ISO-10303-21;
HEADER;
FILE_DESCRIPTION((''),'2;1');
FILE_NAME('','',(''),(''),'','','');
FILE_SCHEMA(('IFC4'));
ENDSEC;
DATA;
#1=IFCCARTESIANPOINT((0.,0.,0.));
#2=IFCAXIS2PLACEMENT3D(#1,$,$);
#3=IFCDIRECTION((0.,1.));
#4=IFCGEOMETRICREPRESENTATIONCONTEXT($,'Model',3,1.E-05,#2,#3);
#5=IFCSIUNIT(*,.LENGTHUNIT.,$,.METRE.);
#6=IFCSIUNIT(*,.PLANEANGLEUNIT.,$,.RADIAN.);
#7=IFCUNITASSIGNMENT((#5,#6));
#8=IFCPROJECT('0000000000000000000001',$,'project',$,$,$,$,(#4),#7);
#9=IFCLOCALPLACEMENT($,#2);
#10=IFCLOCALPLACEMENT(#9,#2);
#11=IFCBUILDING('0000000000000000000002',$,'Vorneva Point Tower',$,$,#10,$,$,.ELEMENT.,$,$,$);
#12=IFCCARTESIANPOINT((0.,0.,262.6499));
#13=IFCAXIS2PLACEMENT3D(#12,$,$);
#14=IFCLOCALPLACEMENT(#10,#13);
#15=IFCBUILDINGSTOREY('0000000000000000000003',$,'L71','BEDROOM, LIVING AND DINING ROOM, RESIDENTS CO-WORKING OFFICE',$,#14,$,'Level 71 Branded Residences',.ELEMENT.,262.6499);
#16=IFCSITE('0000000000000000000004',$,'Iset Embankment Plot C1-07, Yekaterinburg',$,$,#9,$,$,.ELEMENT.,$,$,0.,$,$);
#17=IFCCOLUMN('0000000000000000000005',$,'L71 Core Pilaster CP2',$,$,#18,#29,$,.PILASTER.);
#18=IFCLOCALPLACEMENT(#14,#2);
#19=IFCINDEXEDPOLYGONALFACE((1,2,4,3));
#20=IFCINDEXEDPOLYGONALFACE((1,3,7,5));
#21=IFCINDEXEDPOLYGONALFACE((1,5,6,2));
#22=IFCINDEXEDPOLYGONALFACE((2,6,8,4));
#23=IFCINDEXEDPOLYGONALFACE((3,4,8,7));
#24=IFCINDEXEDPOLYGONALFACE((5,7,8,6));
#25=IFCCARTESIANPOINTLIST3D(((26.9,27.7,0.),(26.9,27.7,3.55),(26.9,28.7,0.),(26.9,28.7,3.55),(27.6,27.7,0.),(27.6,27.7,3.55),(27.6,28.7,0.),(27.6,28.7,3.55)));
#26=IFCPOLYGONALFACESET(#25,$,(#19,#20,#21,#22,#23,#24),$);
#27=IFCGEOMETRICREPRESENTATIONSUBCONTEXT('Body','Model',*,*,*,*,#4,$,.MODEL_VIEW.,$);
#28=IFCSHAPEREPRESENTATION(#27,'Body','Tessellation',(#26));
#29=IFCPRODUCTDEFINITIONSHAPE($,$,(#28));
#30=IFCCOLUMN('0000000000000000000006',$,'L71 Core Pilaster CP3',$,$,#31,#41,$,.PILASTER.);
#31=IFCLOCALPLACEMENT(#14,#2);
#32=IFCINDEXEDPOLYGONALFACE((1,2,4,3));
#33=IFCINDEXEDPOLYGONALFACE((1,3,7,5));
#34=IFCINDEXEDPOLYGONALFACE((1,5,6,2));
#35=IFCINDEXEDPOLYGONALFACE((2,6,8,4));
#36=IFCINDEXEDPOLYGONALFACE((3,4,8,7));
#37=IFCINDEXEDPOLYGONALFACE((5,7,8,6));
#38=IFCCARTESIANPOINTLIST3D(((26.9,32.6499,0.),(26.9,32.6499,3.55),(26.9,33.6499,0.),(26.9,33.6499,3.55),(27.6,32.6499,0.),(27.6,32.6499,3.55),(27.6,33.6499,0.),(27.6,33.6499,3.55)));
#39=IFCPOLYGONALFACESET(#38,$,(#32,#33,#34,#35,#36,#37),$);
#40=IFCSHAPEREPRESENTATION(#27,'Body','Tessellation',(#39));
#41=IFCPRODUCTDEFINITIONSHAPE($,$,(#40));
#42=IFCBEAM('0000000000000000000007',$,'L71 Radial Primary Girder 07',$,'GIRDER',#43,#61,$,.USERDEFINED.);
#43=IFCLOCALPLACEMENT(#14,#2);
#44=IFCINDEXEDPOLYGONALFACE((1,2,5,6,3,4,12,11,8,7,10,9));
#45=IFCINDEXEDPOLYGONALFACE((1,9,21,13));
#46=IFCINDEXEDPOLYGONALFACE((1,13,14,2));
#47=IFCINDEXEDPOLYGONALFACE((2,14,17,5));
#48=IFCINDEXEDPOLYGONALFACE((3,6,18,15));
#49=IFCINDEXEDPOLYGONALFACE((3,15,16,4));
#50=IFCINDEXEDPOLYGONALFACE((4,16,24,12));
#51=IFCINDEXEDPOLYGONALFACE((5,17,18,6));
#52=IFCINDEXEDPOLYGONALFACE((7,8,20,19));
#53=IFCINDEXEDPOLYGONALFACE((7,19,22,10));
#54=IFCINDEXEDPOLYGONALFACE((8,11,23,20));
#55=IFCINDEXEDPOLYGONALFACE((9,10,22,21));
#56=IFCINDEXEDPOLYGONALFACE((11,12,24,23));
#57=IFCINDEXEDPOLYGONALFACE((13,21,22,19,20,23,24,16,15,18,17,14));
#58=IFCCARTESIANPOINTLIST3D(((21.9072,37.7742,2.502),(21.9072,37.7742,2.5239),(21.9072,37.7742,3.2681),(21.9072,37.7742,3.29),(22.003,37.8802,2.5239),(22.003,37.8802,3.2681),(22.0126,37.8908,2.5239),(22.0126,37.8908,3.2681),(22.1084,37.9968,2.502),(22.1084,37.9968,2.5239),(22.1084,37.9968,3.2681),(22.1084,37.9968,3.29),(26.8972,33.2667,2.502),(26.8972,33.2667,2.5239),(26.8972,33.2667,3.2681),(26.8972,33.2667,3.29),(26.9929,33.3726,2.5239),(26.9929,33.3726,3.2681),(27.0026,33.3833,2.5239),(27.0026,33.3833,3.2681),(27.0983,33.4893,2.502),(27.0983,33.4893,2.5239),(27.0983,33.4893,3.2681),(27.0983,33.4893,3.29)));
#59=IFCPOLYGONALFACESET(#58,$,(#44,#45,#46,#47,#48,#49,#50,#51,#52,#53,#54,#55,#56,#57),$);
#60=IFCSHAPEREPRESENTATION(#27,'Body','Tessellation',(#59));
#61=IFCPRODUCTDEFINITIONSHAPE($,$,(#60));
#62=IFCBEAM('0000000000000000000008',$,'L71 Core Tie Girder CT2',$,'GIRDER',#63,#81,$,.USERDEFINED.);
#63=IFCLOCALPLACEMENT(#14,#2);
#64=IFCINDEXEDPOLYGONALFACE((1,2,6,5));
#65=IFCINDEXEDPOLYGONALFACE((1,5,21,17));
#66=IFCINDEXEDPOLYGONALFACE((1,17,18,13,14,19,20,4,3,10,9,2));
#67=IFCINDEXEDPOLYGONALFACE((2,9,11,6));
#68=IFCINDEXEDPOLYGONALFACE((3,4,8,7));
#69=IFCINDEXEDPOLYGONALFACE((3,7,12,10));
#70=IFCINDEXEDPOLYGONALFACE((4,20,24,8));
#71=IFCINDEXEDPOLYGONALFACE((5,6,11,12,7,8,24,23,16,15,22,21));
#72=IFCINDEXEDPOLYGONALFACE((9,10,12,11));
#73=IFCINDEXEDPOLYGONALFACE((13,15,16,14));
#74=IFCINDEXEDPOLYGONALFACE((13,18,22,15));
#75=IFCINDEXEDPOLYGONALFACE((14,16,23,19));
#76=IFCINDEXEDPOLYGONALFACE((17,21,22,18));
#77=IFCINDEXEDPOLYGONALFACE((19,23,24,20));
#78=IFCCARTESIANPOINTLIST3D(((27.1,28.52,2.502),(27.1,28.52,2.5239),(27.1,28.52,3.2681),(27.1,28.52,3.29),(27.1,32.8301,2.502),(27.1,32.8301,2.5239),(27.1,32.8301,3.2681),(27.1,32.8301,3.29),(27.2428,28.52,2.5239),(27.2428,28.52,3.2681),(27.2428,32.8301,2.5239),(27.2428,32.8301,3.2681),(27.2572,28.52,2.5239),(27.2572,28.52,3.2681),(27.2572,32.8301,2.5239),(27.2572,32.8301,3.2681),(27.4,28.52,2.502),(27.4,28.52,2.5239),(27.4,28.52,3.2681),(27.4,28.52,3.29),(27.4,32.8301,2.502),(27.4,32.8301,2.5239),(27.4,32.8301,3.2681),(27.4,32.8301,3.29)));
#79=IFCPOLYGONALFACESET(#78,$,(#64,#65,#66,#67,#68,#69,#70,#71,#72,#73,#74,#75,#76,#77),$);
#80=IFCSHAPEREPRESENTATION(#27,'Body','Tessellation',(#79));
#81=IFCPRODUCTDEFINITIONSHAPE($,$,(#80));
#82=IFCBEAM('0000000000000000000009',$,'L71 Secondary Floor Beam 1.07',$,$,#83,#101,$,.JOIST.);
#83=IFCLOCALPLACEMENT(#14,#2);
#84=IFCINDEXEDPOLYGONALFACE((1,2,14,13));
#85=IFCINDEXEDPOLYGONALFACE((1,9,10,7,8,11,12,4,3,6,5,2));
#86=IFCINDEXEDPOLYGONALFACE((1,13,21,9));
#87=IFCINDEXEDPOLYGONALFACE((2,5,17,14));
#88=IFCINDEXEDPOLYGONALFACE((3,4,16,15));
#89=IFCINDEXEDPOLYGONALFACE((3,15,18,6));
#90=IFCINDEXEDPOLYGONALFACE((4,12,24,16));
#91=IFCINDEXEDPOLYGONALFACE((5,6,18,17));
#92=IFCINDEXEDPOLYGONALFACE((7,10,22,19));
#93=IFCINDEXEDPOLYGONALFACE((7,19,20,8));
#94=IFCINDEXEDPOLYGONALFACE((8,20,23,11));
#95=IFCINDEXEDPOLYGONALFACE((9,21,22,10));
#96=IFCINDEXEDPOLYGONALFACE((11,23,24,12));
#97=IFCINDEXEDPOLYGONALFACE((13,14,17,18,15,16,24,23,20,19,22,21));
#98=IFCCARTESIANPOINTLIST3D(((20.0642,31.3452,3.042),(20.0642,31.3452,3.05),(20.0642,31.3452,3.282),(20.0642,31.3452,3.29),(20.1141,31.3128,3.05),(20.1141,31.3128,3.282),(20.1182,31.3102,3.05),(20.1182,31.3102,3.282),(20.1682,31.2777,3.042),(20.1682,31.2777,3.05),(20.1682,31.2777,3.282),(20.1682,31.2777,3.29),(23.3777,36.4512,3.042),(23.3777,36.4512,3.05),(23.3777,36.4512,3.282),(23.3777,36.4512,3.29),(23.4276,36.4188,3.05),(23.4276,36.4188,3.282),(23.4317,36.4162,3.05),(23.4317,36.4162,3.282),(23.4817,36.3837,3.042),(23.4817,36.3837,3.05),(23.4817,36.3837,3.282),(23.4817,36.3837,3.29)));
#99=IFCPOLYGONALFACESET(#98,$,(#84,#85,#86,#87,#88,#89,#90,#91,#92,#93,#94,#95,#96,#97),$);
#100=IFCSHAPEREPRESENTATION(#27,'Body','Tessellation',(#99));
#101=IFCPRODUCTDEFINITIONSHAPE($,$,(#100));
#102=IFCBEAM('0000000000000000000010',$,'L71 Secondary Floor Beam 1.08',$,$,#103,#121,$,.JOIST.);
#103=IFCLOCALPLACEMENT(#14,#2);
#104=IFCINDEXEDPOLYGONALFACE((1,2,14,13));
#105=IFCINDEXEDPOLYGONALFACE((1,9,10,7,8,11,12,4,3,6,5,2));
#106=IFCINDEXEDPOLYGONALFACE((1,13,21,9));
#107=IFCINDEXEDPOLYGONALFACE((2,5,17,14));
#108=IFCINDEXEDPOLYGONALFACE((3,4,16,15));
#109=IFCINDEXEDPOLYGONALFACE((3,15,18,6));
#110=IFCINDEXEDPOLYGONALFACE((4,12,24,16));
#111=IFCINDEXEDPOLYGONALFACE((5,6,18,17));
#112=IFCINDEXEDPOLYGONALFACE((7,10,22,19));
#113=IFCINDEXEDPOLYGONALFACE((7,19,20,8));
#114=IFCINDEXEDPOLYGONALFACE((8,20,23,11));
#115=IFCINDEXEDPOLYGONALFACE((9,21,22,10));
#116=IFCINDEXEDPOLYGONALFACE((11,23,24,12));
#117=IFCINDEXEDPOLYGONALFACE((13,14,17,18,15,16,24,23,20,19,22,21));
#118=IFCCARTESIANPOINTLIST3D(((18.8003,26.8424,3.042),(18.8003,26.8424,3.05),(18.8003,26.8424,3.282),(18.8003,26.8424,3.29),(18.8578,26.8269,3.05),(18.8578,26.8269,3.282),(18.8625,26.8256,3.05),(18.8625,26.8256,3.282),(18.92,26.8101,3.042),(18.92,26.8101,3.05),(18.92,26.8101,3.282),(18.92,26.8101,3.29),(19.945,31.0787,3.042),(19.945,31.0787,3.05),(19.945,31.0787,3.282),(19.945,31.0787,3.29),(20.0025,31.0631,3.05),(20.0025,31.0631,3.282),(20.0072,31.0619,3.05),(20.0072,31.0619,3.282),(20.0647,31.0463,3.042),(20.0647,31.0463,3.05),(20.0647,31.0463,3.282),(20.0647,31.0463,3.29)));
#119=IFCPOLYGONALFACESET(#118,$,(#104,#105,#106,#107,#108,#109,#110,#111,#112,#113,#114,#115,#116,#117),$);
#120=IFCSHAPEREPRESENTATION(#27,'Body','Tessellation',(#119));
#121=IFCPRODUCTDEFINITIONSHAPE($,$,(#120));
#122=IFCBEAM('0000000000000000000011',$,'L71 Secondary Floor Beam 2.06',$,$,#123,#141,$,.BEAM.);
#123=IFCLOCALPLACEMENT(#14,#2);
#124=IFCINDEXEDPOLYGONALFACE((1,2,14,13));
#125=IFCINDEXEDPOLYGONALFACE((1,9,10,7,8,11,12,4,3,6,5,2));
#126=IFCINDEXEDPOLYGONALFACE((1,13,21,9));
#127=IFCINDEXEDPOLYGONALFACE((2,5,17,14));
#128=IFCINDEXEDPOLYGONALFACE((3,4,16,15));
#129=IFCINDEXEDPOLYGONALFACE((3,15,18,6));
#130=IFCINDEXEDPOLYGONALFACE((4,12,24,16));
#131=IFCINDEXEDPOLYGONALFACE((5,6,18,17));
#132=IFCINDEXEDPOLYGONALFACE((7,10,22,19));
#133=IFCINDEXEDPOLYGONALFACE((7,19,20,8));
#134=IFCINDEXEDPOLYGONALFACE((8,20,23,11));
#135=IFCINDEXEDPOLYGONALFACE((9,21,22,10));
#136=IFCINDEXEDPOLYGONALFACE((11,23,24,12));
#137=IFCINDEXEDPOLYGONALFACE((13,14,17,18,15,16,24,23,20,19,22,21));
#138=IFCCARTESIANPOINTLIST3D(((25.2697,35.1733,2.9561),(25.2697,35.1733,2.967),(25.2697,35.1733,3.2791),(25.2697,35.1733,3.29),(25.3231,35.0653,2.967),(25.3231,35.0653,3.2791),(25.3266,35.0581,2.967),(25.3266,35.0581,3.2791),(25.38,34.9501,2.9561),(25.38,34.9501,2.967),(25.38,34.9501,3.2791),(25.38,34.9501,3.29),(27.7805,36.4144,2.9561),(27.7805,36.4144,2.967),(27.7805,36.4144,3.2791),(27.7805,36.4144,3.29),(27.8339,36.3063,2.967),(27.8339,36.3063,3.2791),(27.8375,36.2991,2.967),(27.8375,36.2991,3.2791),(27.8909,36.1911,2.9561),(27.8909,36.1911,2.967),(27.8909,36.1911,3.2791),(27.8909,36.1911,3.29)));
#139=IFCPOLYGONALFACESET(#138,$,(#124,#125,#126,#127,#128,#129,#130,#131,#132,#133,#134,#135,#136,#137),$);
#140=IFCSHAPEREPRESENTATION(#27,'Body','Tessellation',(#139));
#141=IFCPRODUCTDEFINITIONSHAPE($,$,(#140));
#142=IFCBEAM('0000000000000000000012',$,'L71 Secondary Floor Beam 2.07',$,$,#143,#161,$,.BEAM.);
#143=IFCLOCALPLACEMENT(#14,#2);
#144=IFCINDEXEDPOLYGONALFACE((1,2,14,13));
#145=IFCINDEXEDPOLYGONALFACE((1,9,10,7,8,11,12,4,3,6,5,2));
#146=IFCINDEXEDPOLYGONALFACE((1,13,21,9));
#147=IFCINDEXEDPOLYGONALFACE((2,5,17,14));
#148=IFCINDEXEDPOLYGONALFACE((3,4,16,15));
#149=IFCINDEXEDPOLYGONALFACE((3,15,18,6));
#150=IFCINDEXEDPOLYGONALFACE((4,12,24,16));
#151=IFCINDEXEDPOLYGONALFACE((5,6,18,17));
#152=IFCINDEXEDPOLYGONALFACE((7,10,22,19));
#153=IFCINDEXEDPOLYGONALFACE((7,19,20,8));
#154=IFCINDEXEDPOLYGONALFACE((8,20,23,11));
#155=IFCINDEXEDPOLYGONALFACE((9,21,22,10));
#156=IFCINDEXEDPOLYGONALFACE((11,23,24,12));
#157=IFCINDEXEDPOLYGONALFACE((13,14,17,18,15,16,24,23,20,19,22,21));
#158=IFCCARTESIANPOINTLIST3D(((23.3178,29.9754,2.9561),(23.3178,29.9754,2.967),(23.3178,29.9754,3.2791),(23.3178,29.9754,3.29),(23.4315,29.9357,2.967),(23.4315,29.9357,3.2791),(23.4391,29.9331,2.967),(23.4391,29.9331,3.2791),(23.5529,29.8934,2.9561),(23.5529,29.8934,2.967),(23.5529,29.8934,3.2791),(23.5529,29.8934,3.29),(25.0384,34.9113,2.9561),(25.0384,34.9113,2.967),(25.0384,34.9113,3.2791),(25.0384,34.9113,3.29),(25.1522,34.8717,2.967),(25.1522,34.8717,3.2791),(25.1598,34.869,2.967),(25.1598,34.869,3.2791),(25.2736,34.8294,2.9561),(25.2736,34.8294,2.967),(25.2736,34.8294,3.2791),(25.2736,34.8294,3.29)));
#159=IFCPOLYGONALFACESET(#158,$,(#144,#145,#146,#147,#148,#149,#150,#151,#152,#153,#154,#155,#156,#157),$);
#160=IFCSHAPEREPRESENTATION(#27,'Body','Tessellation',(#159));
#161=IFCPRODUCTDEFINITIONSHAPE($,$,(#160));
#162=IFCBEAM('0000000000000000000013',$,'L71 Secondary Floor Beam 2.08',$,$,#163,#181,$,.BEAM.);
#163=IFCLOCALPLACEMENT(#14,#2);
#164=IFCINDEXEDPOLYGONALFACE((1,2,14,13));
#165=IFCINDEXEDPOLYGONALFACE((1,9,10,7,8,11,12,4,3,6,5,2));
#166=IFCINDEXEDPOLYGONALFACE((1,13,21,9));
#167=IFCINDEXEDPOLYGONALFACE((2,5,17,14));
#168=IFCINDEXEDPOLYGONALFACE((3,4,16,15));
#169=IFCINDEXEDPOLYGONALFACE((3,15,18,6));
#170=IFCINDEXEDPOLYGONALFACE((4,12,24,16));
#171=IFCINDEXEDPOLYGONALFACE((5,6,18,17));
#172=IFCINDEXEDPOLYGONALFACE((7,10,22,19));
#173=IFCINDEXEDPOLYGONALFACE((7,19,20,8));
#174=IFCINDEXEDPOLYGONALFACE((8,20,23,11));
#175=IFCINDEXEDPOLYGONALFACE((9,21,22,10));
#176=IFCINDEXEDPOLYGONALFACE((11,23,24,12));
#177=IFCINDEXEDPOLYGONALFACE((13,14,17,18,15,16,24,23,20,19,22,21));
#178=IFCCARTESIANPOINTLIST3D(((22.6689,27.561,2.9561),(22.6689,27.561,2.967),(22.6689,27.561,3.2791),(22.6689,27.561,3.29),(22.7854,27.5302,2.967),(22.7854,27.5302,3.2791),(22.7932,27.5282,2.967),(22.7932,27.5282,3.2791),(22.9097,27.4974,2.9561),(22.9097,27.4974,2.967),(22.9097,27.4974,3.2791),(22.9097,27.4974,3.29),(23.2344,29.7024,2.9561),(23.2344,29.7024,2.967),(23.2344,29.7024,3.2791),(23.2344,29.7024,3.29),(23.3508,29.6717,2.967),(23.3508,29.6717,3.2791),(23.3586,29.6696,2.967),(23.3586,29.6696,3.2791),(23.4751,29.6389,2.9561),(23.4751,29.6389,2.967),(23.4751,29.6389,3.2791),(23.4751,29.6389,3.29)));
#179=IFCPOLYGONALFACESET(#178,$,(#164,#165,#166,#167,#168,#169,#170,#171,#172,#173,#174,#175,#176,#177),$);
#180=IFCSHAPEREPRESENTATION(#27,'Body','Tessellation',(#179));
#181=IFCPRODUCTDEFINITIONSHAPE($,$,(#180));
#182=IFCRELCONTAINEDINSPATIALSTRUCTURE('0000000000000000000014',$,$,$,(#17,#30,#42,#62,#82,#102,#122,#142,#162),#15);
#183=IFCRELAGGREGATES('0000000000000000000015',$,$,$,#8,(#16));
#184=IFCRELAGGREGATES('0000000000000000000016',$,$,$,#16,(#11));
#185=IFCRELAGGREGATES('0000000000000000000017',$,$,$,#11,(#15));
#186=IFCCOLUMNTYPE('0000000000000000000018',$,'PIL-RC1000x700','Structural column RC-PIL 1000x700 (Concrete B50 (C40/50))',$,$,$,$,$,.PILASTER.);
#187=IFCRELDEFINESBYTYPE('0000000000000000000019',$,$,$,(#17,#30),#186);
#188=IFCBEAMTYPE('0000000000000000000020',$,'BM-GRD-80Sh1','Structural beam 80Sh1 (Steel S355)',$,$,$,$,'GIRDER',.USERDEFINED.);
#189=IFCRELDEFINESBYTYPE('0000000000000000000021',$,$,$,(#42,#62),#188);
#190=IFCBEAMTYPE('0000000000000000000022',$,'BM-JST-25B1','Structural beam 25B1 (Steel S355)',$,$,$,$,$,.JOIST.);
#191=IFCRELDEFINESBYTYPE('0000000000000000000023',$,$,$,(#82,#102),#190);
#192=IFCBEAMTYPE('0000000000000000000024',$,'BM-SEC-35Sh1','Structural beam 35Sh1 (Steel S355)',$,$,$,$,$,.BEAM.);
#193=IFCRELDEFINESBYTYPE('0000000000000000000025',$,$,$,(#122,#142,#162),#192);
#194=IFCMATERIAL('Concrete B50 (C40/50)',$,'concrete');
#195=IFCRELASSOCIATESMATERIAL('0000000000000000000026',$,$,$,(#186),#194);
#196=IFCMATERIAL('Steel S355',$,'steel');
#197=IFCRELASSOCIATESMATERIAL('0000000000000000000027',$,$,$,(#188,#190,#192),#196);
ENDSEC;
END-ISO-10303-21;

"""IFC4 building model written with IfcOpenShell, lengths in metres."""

from ifc_helpers import new_model, si_unit, direction, frame, origin, origin_2d, place, context, subcontext, project, spatial, rectangle, i_section, extrude, material, material_profile, profile_set, type_object, element, save


model = new_model("IFC4")

# Units and contexts
model_context = context("Model", 3, precision=1e-05, world=origin(), true_north=direction((0.0, 1.0)))
body_context = subcontext(model_context, "Body", "Model", "MODEL_VIEW")
ifc_project = project(units=[si_unit("LENGTHUNIT", "METRE"), si_unit("PLANEANGLEUNIT", "RADIAN")], contexts=[model_context])

# Site, building, storey
site_placement = place(None, origin())
site = spatial("IfcSite", under=ifc_project, at=site_placement, Name="Iset Embankment Plot C1-07, Yekaterinburg", CompositionType="ELEMENT", RefElevation=0.0)
building_placement = place(site_placement, origin())
building = spatial("IfcBuilding", under=site, at=building_placement, Name="Vorneva Point Tower", CompositionType="ELEMENT")
storey_placement = place(building_placement, frame((0.0, 0.0, 262.6499)))
storey = spatial("IfcBuildingStorey", under=building, at=storey_placement, Name="L71", Description="BEDROOM, LIVING AND DINING ROOM, RESIDENTS CO-WORKING OFFICE", LongName="Level 71 Branded Residences", CompositionType="ELEMENT", Elevation=262.6499)

# Columns
ifc_material_1 = material(Name="Concrete B50 (C40/50)", Category="concrete")
ifc_material_profile_1 = material_profile(ifc_material_1, rectangle(XDim=0.7, YDim=1.0, at=origin_2d()), Name="RC-PIL 1000x700")
ifc_profile_set_1 = profile_set([ifc_material_profile_1], Name="Concrete B50 (C40/50)")
column_type_1 = type_object("IfcColumnType", Name="PIL-RC1000x700", Description="Structural column RC-PIL 1000x700 (Concrete B50 (C40/50))", PredefinedType="PILASTER", material=ifc_profile_set_1)
for number, where, z_axis, x_axis, name in (
    (1, (27.25, 28.2, 0.0), (0.0, 0.0, 1.0), (1.0, 0.0, 0.0), "L71 Core Pilaster CP2"),
    (2, (27.25, 33.1499, 0.0), (0.0, 0.0, 1.0), (1.0, 0.0, 0.0), "L71 Core Pilaster CP3"),
):
    element("IfcColumn", number, at=place(storey_placement, frame(where, z_axis=z_axis, x_axis=x_axis)), inside=storey, type_object=column_type_1, Name=name, PredefinedType="PILASTER", context=body_context, shape_type="SweptSolid", body=[
        extrude(rectangle(XDim=0.7, YDim=1.0, at=origin_2d()), origin(), (0.0, 0.0, 1.0), 3.55),
    ])

# Beams
ifc_material_2 = material(Name="Steel S355", Category="steel")
ifc_material_profile_2 = material_profile(ifc_material_2, i_section(OverallWidth=0.3, OverallDepth=0.7881, WebThickness=0.0144, FlangeThickness=0.022, at=origin_2d()), Name="80Sh1")
ifc_profile_set_2 = profile_set([ifc_material_profile_2], Name="Steel S355")
beam_type_1 = type_object("IfcBeamType", Name="BM-GRD-80Sh1", Description="Structural beam 80Sh1 (Steel S355)", ElementType="GIRDER", PredefinedType="USERDEFINED", material=ifc_profile_set_2)
beam_1_placement = place(storey_placement, frame((22.0078, 37.8855, 2.896), z_axis=(0.742067, -0.670326, 0.0), x_axis=(0.670326, 0.742067, 0.0)))
element("IfcBeam", 3, at=beam_1_placement, inside=storey, type_object=beam_type_1, Name="L71 Radial Primary Girder 07", ObjectType="GIRDER", PredefinedType="USERDEFINED", context=body_context, shape_type="SweptSolid", body=[
    extrude(i_section(OverallWidth=0.3, OverallDepth=0.7881, WebThickness=0.0144, FlangeThickness=0.022, at=origin_2d()), origin(), (0.0, 0.0, 1.0), 6.7244),
])
beam_2_placement = place(storey_placement, frame((27.25, 28.52, 2.896), z_axis=(0.0, 1.0, 0.0), x_axis=(-1.0, 0.0, 0.0)))
element("IfcBeam", 4, at=beam_2_placement, inside=storey, type_object=beam_type_1, Name="L71 Core Tie Girder CT2", ObjectType="GIRDER", PredefinedType="USERDEFINED", context=body_context, shape_type="SweptSolid", body=[
    extrude(i_section(OverallWidth=0.3, OverallDepth=0.7881, WebThickness=0.0144, FlangeThickness=0.022, at=origin_2d()), origin(), (0.0, 0.0, 1.0), 4.3101),
])
ifc_material_profile_3 = material_profile(ifc_material_2, i_section(OverallWidth=0.124, OverallDepth=0.248, WebThickness=0.0049, FlangeThickness=0.0081, at=origin_2d()), Name="25B1")
ifc_profile_set_3 = profile_set([ifc_material_profile_3], Name="Steel S355")
beam_type_2 = type_object("IfcBeamType", Name="BM-JST-25B1", Description="Structural beam 25B1 (Steel S355)", PredefinedType="JOIST", material=ifc_profile_set_3)
beam_3_placement = place(storey_placement, frame((23.4297, 36.4175, 3.166), z_axis=(-0.544365, -0.838848, 0.0), x_axis=(0.838848, -0.544365, 0.0)))
element("IfcBeam", 5, at=beam_3_placement, inside=storey, type_object=beam_type_2, Name="L71 Secondary Floor Beam 1.07", PredefinedType="JOIST", context=body_context, shape_type="SweptSolid", body=[
    extrude(i_section(OverallWidth=0.124, OverallDepth=0.248, WebThickness=0.0049, FlangeThickness=0.0081, at=origin_2d()), origin(), (0.0, 0.0, 1.0), 6.0869),
])
beam_4_placement = place(storey_placement, frame((20.0049, 31.0625, 3.166), z_axis=(-0.260871, -0.965374, 0.0), x_axis=(0.965374, -0.260871, 0.0)))
element("IfcBeam", 6, at=beam_4_placement, inside=storey, type_object=beam_type_2, Name="L71 Secondary Floor Beam 1.08", PredefinedType="JOIST", context=body_context, shape_type="SweptSolid", body=[
    extrude(i_section(OverallWidth=0.124, OverallDepth=0.248, WebThickness=0.0049, FlangeThickness=0.0081, at=origin_2d()), origin(), (0.0, 0.0, 1.0), 4.3882),
])
ifc_material_profile_4 = material_profile(ifc_material_2, i_section(OverallWidth=0.249, OverallDepth=0.334, WebThickness=0.0081, FlangeThickness=0.011, at=origin_2d()), Name="35Sh1")
ifc_profile_set_4 = profile_set([ifc_material_profile_4], Name="Steel S355")
beam_type_3 = type_object("IfcBeamType", Name="BM-SEC-35Sh1", Description="Structural beam 35Sh1 (Steel S355)", PredefinedType="BEAM", material=ifc_profile_set_4)
beam_5_placement = place(storey_placement, frame((27.8357, 36.3027, 3.123), z_axis=(-0.896475, -0.443094, 0.0), x_axis=(0.443094, -0.896475, 0.0)))
element("IfcBeam", 7, at=beam_5_placement, inside=storey, type_object=beam_type_3, Name="L71 Secondary Floor Beam 2.06", PredefinedType="BEAM", context=body_context, shape_type="SweptSolid", body=[
    extrude(i_section(OverallWidth=0.249, OverallDepth=0.334, WebThickness=0.0081, FlangeThickness=0.011, at=origin_2d()), origin(), (0.0, 0.0, 1.0), 2.8008),
])
beam_6_placement = place(storey_placement, frame((25.156, 34.8704, 3.123), z_axis=(-0.329173, -0.94427, 0.0), x_axis=(0.94427, -0.329173, 0.0)))
element("IfcBeam", 8, at=beam_6_placement, inside=storey, type_object=beam_type_3, Name="L71 Secondary Floor Beam 2.07", PredefinedType="BEAM", context=body_context, shape_type="SweptSolid", body=[
    extrude(i_section(OverallWidth=0.249, OverallDepth=0.334, WebThickness=0.0081, FlangeThickness=0.011, at=origin_2d()), origin(), (0.0, 0.0, 1.0), 5.2273),
])
beam_7_placement = place(storey_placement, frame((23.3547, 29.6707, 3.123), z_axis=(-0.255302, -0.966861, 0.0), x_axis=(0.966861, -0.255302, 0.0)))
element("IfcBeam", 9, at=beam_7_placement, inside=storey, type_object=beam_type_3, Name="L71 Secondary Floor Beam 2.08", PredefinedType="BEAM", context=body_context, shape_type="SweptSolid", body=[
    extrude(i_section(OverallWidth=0.249, OverallDepth=0.334, WebThickness=0.0081, FlangeThickness=0.011, at=origin_2d()), origin(), (0.0, 0.0, 1.0), 2.2148),
])

save(model, "model.ifc")
